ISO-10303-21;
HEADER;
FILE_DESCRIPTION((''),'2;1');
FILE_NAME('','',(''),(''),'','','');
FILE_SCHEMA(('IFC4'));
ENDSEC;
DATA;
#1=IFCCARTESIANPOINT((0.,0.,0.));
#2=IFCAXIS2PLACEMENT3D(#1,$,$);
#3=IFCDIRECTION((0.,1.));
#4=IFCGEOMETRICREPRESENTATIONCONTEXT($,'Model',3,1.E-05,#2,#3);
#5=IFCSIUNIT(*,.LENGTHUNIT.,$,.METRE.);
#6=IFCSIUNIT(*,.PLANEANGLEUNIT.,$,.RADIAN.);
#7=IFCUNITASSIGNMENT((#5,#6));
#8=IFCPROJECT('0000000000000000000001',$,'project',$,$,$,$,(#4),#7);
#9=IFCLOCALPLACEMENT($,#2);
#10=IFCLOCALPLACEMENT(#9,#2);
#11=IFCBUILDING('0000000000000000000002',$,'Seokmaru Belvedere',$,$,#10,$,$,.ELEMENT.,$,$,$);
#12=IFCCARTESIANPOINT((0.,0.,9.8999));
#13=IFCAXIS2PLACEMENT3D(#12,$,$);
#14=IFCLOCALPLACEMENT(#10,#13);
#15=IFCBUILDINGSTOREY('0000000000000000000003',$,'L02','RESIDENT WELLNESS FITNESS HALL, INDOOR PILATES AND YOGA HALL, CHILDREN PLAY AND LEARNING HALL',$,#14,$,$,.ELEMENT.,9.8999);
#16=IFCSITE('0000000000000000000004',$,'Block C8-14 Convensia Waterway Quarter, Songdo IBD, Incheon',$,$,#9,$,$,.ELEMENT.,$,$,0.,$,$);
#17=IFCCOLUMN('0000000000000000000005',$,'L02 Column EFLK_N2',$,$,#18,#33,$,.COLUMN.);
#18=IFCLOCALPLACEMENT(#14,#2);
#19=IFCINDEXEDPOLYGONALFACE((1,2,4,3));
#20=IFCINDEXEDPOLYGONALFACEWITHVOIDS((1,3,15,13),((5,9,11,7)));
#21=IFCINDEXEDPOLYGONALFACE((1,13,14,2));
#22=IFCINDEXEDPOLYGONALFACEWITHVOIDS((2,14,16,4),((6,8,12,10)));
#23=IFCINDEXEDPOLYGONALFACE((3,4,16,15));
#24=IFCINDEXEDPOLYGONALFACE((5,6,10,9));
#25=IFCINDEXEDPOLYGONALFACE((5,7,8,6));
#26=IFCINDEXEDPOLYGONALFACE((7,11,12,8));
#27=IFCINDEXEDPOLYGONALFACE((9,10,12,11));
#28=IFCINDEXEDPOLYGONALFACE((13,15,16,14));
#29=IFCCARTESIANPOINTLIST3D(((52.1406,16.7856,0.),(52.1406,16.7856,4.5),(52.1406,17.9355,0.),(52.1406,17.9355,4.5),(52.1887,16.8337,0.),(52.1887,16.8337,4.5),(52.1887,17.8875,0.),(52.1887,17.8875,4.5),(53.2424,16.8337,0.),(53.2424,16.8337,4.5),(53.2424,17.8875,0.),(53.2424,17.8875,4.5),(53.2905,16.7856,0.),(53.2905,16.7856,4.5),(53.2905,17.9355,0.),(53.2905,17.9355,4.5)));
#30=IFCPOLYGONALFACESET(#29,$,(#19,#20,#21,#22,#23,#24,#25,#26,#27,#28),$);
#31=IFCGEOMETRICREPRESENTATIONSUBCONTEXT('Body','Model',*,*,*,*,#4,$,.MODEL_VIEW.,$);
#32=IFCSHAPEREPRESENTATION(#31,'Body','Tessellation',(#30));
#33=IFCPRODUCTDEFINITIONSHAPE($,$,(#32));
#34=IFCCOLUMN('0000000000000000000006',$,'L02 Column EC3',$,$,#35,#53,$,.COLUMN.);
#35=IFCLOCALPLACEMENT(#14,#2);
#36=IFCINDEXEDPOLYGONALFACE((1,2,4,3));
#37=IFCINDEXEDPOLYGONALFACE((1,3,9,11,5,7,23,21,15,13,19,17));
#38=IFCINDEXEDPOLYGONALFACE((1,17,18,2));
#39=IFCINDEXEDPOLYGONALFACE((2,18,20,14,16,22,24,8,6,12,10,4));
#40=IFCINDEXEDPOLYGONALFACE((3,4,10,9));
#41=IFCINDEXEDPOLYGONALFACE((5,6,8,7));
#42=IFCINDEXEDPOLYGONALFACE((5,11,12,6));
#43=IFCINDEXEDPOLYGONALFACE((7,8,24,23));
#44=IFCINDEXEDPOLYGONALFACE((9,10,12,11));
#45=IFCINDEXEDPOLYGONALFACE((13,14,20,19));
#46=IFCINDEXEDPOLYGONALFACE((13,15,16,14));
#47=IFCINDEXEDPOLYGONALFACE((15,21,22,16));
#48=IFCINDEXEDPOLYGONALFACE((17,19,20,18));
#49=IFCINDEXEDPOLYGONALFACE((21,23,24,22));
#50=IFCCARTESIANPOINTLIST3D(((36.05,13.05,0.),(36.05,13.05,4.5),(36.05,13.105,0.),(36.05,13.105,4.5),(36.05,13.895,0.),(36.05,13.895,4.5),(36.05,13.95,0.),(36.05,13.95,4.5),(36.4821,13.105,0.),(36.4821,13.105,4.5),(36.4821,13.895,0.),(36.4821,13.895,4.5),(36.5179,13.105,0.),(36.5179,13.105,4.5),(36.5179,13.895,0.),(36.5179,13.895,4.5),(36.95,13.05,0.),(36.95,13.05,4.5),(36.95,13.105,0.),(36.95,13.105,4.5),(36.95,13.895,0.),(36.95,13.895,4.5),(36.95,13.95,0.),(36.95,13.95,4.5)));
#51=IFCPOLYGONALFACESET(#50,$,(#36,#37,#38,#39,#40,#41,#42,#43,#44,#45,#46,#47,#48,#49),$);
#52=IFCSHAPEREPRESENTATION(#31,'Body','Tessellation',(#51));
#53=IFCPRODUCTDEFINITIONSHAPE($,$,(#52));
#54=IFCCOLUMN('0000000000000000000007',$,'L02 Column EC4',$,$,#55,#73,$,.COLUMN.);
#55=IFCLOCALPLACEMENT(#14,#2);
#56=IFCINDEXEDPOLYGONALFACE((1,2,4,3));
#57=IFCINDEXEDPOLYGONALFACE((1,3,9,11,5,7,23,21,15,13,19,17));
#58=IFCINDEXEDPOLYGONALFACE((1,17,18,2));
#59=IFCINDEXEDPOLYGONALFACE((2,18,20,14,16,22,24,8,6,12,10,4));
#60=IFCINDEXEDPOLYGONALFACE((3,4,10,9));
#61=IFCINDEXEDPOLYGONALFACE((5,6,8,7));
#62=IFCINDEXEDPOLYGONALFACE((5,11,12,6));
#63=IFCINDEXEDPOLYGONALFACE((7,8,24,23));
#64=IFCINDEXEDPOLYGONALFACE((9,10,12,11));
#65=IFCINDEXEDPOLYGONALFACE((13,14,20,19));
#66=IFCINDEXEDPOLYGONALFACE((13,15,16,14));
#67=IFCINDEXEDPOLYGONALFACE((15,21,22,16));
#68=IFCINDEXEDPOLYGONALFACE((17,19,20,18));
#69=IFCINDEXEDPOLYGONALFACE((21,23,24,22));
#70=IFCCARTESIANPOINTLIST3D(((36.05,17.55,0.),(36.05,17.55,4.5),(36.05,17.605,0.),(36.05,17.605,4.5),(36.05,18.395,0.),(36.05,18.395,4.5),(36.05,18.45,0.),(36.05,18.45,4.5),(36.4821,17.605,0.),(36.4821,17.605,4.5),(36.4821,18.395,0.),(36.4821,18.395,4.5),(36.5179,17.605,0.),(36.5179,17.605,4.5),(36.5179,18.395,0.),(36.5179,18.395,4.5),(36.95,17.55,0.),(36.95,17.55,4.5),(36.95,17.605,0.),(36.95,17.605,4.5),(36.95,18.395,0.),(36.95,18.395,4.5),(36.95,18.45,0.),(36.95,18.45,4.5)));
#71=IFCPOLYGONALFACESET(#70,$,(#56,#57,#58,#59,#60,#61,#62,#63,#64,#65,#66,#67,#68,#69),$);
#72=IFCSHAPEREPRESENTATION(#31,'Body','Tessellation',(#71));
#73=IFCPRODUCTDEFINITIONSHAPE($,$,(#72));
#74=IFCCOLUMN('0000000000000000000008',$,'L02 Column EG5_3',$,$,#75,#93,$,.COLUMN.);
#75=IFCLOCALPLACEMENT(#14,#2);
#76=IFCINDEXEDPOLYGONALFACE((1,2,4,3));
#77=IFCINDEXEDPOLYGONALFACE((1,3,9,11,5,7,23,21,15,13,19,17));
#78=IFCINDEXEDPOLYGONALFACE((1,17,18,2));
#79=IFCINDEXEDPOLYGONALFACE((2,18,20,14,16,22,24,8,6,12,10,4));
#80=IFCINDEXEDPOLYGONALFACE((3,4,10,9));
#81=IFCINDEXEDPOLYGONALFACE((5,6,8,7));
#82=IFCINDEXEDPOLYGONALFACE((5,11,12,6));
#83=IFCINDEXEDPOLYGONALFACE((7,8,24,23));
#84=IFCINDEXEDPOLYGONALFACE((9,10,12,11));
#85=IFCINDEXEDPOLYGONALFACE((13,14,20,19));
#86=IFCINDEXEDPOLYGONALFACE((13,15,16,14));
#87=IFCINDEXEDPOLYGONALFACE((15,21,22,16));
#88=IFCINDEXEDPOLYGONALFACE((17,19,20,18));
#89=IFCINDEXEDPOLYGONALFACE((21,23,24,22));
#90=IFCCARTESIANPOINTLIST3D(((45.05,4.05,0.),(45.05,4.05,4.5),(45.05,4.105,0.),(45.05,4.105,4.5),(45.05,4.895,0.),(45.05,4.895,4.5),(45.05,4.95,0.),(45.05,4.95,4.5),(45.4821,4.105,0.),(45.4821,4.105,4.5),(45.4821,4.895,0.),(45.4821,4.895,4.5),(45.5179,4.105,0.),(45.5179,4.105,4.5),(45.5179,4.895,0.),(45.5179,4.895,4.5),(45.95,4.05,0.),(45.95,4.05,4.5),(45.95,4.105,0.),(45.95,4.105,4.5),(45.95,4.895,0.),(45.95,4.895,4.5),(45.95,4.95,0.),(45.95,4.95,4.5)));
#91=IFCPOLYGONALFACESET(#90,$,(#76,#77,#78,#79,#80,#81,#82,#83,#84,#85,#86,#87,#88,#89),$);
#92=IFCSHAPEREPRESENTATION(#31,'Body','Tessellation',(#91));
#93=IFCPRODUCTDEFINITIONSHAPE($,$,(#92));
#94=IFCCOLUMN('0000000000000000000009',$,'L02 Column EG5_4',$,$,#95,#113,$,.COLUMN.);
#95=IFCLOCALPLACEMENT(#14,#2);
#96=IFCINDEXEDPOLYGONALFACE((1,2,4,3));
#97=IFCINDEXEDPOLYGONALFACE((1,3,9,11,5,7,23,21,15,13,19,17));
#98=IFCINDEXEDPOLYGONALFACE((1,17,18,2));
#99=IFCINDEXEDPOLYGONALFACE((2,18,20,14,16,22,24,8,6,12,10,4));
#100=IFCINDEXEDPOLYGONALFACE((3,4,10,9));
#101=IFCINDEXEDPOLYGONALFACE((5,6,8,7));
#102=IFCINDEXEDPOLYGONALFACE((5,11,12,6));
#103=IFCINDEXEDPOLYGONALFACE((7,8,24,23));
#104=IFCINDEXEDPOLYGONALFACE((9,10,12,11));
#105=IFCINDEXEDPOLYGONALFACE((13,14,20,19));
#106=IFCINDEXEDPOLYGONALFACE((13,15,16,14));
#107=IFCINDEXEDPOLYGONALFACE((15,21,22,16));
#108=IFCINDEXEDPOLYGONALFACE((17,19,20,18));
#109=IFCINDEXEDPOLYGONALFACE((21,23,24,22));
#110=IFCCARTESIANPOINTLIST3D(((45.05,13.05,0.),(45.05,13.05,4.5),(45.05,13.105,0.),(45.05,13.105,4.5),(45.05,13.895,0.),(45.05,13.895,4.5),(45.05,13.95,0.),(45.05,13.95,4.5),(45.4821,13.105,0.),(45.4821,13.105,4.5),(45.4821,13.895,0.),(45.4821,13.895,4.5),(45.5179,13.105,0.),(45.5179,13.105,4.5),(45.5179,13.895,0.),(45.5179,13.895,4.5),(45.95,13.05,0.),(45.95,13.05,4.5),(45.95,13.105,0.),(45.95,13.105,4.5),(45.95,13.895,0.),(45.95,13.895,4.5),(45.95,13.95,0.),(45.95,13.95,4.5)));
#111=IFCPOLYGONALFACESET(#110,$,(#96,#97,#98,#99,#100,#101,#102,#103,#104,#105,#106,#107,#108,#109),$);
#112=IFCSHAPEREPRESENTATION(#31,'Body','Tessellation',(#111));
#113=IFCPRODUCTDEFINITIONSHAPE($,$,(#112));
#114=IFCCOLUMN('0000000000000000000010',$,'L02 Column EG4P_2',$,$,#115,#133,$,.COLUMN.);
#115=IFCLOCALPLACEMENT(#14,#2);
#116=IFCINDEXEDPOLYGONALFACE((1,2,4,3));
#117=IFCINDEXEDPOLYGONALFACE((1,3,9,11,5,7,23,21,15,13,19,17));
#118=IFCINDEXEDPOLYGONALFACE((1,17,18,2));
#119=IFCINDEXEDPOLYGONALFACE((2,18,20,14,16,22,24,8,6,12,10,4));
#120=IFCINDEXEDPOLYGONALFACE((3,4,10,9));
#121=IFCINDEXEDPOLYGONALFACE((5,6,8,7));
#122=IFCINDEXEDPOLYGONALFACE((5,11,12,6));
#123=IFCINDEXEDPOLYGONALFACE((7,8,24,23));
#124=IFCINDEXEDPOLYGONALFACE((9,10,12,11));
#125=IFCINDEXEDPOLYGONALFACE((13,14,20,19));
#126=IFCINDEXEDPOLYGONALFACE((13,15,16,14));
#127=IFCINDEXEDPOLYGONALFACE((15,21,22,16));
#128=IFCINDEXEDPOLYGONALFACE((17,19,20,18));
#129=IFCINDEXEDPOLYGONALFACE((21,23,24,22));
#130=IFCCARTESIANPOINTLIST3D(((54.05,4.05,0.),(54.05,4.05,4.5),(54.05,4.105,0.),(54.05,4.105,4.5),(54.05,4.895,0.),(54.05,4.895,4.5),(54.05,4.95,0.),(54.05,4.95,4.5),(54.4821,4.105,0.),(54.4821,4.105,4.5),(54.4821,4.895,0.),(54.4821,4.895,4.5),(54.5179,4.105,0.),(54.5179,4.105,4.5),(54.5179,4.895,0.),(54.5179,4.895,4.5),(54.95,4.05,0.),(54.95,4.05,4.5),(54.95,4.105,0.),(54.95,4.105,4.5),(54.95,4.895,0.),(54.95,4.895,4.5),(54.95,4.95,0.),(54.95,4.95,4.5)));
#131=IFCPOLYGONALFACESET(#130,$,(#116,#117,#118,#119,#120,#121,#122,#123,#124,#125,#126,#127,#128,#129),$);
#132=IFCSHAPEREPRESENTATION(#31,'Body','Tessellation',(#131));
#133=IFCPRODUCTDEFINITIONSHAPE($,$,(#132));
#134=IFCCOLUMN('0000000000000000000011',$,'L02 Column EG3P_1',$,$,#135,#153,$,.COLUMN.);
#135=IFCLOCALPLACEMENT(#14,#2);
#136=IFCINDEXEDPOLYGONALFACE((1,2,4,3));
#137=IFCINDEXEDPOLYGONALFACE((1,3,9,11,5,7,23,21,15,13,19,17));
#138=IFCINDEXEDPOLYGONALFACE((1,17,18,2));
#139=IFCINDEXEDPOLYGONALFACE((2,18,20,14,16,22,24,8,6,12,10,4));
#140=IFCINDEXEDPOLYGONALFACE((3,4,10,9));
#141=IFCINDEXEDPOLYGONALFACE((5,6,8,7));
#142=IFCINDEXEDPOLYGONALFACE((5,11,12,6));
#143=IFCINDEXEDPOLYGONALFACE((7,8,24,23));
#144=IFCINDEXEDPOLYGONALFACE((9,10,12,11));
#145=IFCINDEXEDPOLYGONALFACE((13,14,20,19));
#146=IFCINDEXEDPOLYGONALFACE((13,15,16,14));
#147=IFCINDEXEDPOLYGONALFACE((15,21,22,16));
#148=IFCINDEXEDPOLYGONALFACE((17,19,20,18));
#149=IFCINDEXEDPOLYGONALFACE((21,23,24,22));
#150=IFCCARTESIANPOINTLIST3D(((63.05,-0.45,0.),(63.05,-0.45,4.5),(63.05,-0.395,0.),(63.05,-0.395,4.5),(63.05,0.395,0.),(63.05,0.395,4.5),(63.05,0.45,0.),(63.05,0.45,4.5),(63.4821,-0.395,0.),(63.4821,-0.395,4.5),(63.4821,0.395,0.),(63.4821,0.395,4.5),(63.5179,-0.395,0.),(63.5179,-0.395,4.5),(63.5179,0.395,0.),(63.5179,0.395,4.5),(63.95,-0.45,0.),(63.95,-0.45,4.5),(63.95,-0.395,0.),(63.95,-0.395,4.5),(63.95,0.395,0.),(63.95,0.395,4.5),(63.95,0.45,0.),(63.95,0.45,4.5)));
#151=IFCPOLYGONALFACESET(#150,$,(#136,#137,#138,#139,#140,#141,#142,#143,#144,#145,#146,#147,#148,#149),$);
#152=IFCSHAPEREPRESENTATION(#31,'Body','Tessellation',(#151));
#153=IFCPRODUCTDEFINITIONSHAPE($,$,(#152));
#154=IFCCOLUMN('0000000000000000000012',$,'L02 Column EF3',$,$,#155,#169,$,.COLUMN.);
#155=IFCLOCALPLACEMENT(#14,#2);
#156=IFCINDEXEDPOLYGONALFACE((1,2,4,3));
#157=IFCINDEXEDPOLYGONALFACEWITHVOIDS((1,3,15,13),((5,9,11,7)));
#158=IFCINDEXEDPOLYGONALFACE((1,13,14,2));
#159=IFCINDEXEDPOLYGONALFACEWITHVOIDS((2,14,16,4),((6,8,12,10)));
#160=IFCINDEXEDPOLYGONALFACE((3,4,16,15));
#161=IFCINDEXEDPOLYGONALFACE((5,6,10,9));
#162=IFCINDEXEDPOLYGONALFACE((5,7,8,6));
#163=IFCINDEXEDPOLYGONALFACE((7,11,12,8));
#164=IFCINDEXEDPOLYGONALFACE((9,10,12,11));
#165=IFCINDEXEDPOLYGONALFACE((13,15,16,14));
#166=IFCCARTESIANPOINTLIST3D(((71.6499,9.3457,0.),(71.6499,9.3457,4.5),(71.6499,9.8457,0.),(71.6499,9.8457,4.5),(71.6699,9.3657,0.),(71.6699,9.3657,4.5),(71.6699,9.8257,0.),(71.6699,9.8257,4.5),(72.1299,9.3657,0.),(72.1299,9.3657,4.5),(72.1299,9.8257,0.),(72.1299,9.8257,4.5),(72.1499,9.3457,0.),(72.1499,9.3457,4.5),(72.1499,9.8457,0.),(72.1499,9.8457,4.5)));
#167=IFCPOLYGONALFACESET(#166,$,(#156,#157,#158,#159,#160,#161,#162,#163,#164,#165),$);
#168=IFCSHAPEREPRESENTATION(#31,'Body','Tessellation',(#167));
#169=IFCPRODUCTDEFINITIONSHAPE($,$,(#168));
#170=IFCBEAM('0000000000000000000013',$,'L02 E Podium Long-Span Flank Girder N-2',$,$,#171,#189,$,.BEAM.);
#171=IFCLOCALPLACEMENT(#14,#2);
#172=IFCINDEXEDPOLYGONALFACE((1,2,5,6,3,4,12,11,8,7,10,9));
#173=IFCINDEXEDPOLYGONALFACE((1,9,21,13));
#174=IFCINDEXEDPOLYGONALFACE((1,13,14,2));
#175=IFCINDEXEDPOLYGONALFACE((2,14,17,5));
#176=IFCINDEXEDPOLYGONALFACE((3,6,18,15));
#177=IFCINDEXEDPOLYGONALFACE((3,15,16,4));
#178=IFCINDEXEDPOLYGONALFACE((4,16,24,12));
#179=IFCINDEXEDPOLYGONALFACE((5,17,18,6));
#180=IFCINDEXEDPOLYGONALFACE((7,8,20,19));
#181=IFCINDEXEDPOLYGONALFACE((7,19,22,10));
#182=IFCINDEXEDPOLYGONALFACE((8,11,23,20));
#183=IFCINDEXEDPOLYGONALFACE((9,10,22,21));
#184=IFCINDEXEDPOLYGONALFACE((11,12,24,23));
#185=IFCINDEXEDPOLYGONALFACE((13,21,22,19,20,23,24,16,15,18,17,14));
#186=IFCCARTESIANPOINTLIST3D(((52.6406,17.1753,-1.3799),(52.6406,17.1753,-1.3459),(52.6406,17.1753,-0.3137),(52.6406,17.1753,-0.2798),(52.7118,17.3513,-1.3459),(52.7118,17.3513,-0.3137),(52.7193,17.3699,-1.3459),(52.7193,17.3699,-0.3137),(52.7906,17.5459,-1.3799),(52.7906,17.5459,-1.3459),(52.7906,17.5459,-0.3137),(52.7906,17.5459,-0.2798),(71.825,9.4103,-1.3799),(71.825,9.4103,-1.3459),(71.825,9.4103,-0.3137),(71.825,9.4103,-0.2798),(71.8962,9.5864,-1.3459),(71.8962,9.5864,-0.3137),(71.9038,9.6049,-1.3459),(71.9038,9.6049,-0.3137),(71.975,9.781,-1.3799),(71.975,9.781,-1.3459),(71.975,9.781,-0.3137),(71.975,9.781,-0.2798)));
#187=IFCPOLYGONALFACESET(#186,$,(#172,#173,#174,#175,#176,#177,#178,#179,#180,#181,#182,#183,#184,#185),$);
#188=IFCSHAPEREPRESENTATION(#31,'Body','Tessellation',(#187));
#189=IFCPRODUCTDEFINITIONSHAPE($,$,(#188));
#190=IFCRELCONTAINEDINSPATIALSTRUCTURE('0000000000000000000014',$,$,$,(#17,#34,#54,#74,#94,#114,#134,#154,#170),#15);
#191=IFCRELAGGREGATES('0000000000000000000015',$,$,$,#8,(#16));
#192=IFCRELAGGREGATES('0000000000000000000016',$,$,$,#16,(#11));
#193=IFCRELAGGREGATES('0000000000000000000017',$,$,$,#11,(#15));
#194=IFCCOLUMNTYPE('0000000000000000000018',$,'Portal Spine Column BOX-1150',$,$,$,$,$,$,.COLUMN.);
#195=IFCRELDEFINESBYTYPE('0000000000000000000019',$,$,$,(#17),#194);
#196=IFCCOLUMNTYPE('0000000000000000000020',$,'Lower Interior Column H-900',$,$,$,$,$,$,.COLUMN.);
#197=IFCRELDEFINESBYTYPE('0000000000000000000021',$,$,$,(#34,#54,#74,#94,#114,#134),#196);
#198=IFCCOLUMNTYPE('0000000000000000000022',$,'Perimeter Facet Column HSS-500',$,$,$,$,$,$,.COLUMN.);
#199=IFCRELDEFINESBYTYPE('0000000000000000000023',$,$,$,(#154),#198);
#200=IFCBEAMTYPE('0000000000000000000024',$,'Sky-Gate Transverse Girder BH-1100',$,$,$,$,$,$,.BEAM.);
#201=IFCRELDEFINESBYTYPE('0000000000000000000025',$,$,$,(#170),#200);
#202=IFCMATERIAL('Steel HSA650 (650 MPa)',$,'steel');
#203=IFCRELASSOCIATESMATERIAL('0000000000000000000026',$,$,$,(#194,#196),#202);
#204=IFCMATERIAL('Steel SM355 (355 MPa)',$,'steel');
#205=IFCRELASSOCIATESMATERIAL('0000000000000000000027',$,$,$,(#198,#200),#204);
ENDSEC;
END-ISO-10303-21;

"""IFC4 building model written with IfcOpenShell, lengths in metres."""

from ifc_helpers import new_model, si_unit, direction, frame, origin, origin_2d, place, context, subcontext, project, spatial, hollow_rectangle, i_section, extrude, source, transform, mapped, material, material_profile, profile_set, type_object, type_shapes, element, save


model = new_model("IFC4")

# Units and contexts
model_context = context("Model", 3, precision=1e-05, world=origin(), true_north=direction((0.0, 1.0)))
body_context = subcontext(model_context, "Body", "Model", "MODEL_VIEW")
ifc_project = project(units=[si_unit("LENGTHUNIT", "METRE"), si_unit("PLANEANGLEUNIT", "RADIAN")], contexts=[model_context])

# Site, building, storey
site_placement = place(None, origin())
site = spatial("IfcSite", under=ifc_project, at=site_placement, Name="Block C8-14 Convensia Waterway Quarter, Songdo IBD, Incheon", CompositionType="ELEMENT", RefElevation=0.0)
building_placement = place(site_placement, origin())
building = spatial("IfcBuilding", under=site, at=building_placement, Name="Seokmaru Belvedere", CompositionType="ELEMENT")
storey_placement = place(building_placement, frame((0.0, 0.0, 9.8999)))
storey = spatial("IfcBuildingStorey", under=building, at=storey_placement, Name="L02", Description="RESIDENT WELLNESS FITNESS HALL, INDOOR PILATES AND YOGA HALL, CHILDREN PLAY AND LEARNING HALL", CompositionType="ELEMENT", Elevation=9.8999)

# Columns
ifc_material_1 = material(Name="Steel HSA650 (650 MPa)", Category="steel")
ifc_material_profile_1 = material_profile(ifc_material_1, hollow_rectangle(XDim=1.1499, YDim=1.1499, WallThickness=0.0481, at=origin_2d()), Name="BOX-1150x1150x48")
ifc_profile_set_1 = profile_set([ifc_material_profile_1], Name="Steel HSA650 (650 MPa)")
column_type_1 = type_object("IfcColumnType", Name="Portal Spine Column BOX-1150", PredefinedType="COLUMN", material=ifc_profile_set_1)
shared_shape_1 = source(origin(), body_context, "Body", "SweptSolid", [
    extrude(hollow_rectangle(XDim=1.1499, YDim=1.1499, WallThickness=0.0481, at=origin_2d()), origin(), (0.0, 0.0, 1.0), 4.5),
])
type_shapes(column_type_1, [shared_shape_1])
column_1_placement = place(storey_placement, frame((52.7156, 17.3606, 0.0), z_axis=(0.0, 0.0, 1.0), x_axis=(1.0, 0.0, 0.0)))
element("IfcColumn", 1, at=column_1_placement, inside=storey, type_object=column_type_1, Name="L02 Column EFLK_N2", PredefinedType="COLUMN", context=body_context, shape_type="MappedRepresentation", body=[
    mapped(shared_shape_1, transform((0.0, 0.0, 0.0), scale=1.0)),
])
ifc_material_profile_2 = material_profile(ifc_material_1, i_section(OverallWidth=0.8999, OverallDepth=0.8999, WebThickness=0.0359, FlangeThickness=0.0549, at=origin_2d()), Name="H-900x900x36x55")
ifc_profile_set_2 = profile_set([ifc_material_profile_2], Name="Steel HSA650 (650 MPa)")
column_type_2 = type_object("IfcColumnType", Name="Lower Interior Column H-900", PredefinedType="COLUMN", material=ifc_profile_set_2)
shared_shape_2 = source(origin(), body_context, "Body", "SweptSolid", [
    extrude(i_section(OverallWidth=0.8999, OverallDepth=0.8999, WebThickness=0.0359, FlangeThickness=0.0549, at=origin_2d()), origin(), (0.0, 0.0, 1.0), 4.5),
])
type_shapes(column_type_2, [shared_shape_2])
for number, where, z_axis, x_axis, name in (
    (2, (36.5, 13.5, 0.0), (0.0, 0.0, 1.0), (1.0, 0.0, 0.0), "L02 Column EC3"),
    (3, (36.5, 18.0, 0.0), (0.0, 0.0, 1.0), (1.0, 0.0, 0.0), "L02 Column EC4"),
    (4, (45.5, 4.5, 0.0), (0.0, 0.0, 1.0), (1.0, 0.0, 0.0), "L02 Column EG5_3"),
    (5, (45.5, 13.5, 0.0), (0.0, 0.0, 1.0), (1.0, 0.0, 0.0), "L02 Column EG5_4"),
    (6, (54.5, 4.5, 0.0), (0.0, 0.0, 1.0), (1.0, 0.0, 0.0), "L02 Column EG4P_2"),
    (7, (63.5, 0.0, 0.0), (0.0, 0.0, 1.0), (1.0, 0.0, 0.0), "L02 Column EG3P_1"),
):
    element("IfcColumn", number, at=place(storey_placement, frame(where, z_axis=z_axis, x_axis=x_axis)), inside=storey, type_object=column_type_2, Name=name, PredefinedType="COLUMN", context=body_context, shape_type="MappedRepresentation", body=[
        mapped(shared_shape_2, transform((0.0, 0.0, 0.0), scale=1.0)),
    ])
ifc_material_2 = material(Name="Steel SM355 (355 MPa)", Category="steel")
ifc_material_profile_3 = material_profile(ifc_material_2, hollow_rectangle(XDim=0.5, YDim=0.5, WallThickness=0.02, at=origin_2d()), Name="HSS-500x500x20")
ifc_profile_set_3 = profile_set([ifc_material_profile_3], Name="Steel SM355 (355 MPa)")
column_type_3 = type_object("IfcColumnType", Name="Perimeter Facet Column HSS-500", PredefinedType="COLUMN", material=ifc_profile_set_3)
shared_shape_3 = source(origin(), body_context, "Body", "SweptSolid", [
    extrude(hollow_rectangle(XDim=0.5, YDim=0.5, WallThickness=0.02, at=origin_2d()), origin(), (0.0, 0.0, 1.0), 4.5),
])
type_shapes(column_type_3, [shared_shape_3])
column_2_placement = place(storey_placement, frame((71.8999, 9.5957, 0.0), z_axis=(0.0, 0.0, 1.0), x_axis=(1.0, 0.0, 0.0)))
element("IfcColumn", 8, at=column_2_placement, inside=storey, type_object=column_type_3, Name="L02 Column EF3", PredefinedType="COLUMN", context=body_context, shape_type="MappedRepresentation", body=[
    mapped(shared_shape_3, transform((0.0, 0.0, 0.0), scale=1.0)),
])

# Beam
ifc_material_profile_4 = material_profile(ifc_material_2, i_section(OverallWidth=0.3999, OverallDepth=1.1001, WebThickness=0.02, FlangeThickness=0.0339, at=origin_2d()), Name="BH-1100x400x20x34")
ifc_profile_set_4 = profile_set([ifc_material_profile_4], Name="Steel SM355 (355 MPa)")
beam_type_1 = type_object("IfcBeamType", Name="Sky-Gate Transverse Girder BH-1100", PredefinedType="BEAM", material=ifc_profile_set_4)
shared_shape_4 = source(origin(), body_context, "Body", "SweptSolid", [
    extrude(i_section(OverallWidth=0.3999, OverallDepth=1.1001, WebThickness=0.02, FlangeThickness=0.0339, at=origin_2d()), origin(), (0.0, 0.0, 1.0), 20.6963),
])
type_shapes(beam_type_1, [shared_shape_4])
beam_1_placement = place(storey_placement, frame((52.7156, 17.3606, -0.8298), z_axis=(0.92695, -0.375185, 0.0), x_axis=(0.375185, 0.92695, 0.0)))
element("IfcBeam", 9, at=beam_1_placement, inside=storey, type_object=beam_type_1, Name="L02 E Podium Long-Span Flank Girder N-2", PredefinedType="BEAM", context=body_context, shape_type="MappedRepresentation", body=[
    mapped(shared_shape_4, transform((0.0, 0.0, 0.0), scale=1.0)),
])

save(model, "model.ifc")
